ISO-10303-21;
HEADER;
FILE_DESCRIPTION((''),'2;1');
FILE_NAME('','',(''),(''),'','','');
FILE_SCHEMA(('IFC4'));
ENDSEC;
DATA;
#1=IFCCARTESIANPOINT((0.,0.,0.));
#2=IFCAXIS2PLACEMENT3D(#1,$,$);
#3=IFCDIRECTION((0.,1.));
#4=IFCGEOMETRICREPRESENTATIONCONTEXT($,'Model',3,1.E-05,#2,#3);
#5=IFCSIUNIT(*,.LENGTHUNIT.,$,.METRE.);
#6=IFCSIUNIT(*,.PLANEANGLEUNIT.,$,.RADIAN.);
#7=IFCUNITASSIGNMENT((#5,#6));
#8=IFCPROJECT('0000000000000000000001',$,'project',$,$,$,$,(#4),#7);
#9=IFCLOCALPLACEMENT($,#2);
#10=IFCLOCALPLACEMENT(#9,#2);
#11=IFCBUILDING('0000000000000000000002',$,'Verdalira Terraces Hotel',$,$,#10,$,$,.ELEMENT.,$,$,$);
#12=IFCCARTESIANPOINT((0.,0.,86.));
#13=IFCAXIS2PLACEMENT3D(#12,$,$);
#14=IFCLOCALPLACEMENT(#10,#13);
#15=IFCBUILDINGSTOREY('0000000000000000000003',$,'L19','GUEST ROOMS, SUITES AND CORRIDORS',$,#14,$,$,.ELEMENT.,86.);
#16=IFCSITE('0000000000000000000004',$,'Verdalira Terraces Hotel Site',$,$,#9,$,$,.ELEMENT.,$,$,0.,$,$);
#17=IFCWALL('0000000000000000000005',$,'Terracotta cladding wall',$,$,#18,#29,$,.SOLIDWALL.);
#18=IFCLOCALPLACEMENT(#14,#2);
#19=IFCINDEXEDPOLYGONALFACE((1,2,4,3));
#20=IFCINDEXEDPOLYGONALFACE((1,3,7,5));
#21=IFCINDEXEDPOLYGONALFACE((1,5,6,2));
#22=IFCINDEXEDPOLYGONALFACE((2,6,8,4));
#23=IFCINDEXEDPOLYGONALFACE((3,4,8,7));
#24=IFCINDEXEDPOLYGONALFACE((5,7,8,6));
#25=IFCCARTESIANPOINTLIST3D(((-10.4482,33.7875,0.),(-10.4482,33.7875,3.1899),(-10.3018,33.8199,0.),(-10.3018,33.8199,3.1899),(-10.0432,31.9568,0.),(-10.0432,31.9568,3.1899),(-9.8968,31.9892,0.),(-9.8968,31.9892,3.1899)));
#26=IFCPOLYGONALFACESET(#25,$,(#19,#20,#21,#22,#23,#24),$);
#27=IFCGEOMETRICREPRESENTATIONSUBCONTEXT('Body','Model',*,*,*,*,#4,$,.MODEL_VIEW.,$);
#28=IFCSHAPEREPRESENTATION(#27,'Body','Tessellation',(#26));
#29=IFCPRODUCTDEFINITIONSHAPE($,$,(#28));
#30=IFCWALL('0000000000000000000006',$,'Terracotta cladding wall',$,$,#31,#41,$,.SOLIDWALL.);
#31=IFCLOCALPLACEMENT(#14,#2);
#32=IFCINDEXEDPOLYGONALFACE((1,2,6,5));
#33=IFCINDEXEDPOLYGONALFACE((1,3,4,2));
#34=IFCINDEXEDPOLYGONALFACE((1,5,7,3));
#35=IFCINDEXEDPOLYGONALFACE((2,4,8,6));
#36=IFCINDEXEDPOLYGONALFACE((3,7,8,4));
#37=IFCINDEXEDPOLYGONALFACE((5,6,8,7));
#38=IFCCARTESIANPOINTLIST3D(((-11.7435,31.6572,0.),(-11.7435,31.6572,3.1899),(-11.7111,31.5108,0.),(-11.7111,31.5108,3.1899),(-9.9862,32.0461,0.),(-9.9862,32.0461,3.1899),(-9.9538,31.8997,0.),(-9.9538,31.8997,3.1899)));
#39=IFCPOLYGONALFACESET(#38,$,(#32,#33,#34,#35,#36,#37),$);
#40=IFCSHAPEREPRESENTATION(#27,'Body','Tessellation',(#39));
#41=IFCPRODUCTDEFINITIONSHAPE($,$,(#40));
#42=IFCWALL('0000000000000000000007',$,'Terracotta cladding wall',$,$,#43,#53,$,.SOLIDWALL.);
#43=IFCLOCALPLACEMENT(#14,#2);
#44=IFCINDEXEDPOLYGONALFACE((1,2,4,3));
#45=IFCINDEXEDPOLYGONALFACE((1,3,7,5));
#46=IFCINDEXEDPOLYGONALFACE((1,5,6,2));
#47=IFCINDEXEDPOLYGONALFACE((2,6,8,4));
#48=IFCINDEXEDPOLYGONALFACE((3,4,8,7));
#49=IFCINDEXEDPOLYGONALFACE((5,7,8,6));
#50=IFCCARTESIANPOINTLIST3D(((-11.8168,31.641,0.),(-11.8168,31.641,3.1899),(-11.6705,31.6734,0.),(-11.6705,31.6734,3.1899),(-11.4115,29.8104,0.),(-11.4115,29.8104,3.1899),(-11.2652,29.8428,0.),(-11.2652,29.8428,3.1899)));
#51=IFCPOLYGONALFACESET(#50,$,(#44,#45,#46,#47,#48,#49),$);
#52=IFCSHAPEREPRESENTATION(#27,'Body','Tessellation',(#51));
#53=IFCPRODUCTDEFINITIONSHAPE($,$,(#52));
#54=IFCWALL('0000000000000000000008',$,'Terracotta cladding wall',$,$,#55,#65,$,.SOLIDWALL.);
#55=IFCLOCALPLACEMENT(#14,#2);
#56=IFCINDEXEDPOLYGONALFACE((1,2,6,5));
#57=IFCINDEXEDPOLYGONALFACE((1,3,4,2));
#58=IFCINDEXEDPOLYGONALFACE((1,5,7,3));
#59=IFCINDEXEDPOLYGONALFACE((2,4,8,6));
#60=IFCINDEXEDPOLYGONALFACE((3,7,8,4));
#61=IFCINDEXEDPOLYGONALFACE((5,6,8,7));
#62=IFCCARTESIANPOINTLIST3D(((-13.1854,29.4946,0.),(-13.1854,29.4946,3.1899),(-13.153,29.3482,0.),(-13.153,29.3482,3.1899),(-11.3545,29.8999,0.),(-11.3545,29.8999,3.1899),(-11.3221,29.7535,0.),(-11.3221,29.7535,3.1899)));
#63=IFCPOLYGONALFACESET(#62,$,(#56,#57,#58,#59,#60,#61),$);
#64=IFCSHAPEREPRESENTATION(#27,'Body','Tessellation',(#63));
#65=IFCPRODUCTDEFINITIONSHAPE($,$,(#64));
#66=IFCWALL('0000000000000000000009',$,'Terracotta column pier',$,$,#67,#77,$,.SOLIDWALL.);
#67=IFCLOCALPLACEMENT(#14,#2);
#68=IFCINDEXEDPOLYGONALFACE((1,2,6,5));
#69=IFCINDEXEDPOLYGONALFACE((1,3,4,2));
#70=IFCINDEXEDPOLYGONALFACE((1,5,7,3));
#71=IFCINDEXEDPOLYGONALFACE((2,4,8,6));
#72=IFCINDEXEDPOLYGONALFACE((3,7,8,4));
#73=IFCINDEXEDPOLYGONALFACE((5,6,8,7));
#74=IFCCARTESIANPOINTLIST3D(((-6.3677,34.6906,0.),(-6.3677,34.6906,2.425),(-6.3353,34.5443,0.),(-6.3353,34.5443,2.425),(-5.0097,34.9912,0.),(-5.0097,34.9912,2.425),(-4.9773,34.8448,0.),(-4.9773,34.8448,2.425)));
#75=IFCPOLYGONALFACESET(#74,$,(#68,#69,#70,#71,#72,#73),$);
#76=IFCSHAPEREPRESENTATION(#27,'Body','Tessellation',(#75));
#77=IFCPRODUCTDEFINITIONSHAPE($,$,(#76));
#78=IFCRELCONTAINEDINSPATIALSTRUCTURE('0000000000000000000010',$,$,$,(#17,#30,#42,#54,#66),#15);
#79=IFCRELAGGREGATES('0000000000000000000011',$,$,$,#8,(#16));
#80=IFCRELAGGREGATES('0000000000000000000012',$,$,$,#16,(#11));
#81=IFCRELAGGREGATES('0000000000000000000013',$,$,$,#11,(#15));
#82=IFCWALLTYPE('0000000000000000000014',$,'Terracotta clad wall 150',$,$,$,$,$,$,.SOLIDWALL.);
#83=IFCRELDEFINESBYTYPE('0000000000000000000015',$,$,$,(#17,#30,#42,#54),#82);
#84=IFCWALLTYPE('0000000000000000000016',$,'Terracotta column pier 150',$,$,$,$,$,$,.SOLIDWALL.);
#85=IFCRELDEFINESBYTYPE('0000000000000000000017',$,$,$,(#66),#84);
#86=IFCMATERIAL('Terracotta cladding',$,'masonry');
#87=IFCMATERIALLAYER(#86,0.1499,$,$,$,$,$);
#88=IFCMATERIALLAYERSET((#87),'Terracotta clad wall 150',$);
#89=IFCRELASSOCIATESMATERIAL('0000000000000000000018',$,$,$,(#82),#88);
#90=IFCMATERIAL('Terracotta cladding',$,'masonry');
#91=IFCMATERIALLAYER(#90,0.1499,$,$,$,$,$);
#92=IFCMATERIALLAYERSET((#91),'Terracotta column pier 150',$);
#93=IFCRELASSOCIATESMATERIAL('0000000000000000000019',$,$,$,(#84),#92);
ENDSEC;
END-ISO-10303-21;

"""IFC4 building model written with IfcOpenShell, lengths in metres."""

from ifc_helpers import new_model, si_unit, direction, frame, frame_2d, origin, place, context, subcontext, project, spatial, rectangle, extrude, material, layer, layer_set, type_object, element, save


model = new_model("IFC4")

# Units and contexts
model_context = context("Model", 3, precision=1e-05, world=origin(), true_north=direction((0.0, 1.0)))
body_context = subcontext(model_context, "Body", "Model", "MODEL_VIEW")
ifc_project = project(units=[si_unit("LENGTHUNIT", "METRE"), si_unit("PLANEANGLEUNIT", "RADIAN")], contexts=[model_context])

# Site, building, storey
site_placement = place(None, origin())
site = spatial("IfcSite", under=ifc_project, at=site_placement, Name="Verdalira Terraces Hotel Site", CompositionType="ELEMENT", RefElevation=0.0)
building_placement = place(site_placement, origin())
building = spatial("IfcBuilding", under=site, at=building_placement, Name="Verdalira Terraces Hotel", CompositionType="ELEMENT")
storey_placement = place(building_placement, frame((0.0, 0.0, 86.0)))
storey = spatial("IfcBuildingStorey", under=building, at=storey_placement, Name="L19", Description="GUEST ROOMS, SUITES AND CORRIDORS", CompositionType="ELEMENT", Elevation=86.0)

# Walls
ifc_material_1 = material(Name="Terracotta cladding", Category="masonry")
ifc_layer_1 = layer(ifc_material_1, 0.1499)
ifc_layer_set_1 = layer_set([ifc_layer_1], Name="Terracotta clad wall 150")
wall_type_1 = type_object("IfcWallType", Name="Terracotta clad wall 150", PredefinedType="SOLIDWALL", material=ifc_layer_set_1)
wall_1_placement = place(storey_placement, frame((-10.375, 33.8037, 0.0), z_axis=(0.0, 0.0, 1.0), x_axis=(0.216007, -0.976392, 0.0)))
element("IfcWall", 1, at=wall_1_placement, inside=storey, type_object=wall_type_1, Name="Terracotta cladding wall", PredefinedType="SOLIDWALL", context=body_context, shape_type="SweptSolid", body=[
    extrude(rectangle(XDim=1.875, YDim=0.1499, at=frame_2d((0.9375, 0.0))), origin(), (0.0, 0.0, 1.0), 3.1899),
])
wall_2_placement = place(storey_placement, frame((-9.97, 31.9729, 0.0), z_axis=(0.0, 0.0, 1.0), x_axis=(-0.976375, -0.216083, 0.0)))
element("IfcWall", 2, at=wall_2_placement, inside=storey, type_object=wall_type_1, Name="Terracotta cladding wall", PredefinedType="SOLIDWALL", context=body_context, shape_type="SweptSolid", body=[
    extrude(rectangle(XDim=1.7998, YDim=0.1499, at=frame_2d((0.8999, 0.0))), origin(), (0.0, 0.0, 1.0), 3.1899),
])
wall_3_placement = place(storey_placement, frame((-11.7437, 31.6572, 0.0), z_axis=(0.0, 0.0, 1.0), x_axis=(0.216158, -0.976358, 0.0)))
element("IfcWall", 3, at=wall_3_placement, inside=storey, type_object=wall_type_1, Name="Terracotta cladding wall", PredefinedType="SOLIDWALL", context=body_context, shape_type="SweptSolid", body=[
    extrude(rectangle(XDim=1.875, YDim=0.1499, at=frame_2d((0.9375, 0.0))), origin(), (0.0, 0.0, 1.0), 3.1899),
])
wall_4_placement = place(storey_placement, frame((-11.3384, 29.8267, 0.0), z_axis=(0.0, 0.0, 1.0), x_axis=(-0.976364, -0.216131, 0.0)))
element("IfcWall", 4, at=wall_4_placement, inside=storey, type_object=wall_type_1, Name="Terracotta cladding wall", PredefinedType="SOLIDWALL", context=body_context, shape_type="SweptSolid", body=[
    extrude(rectangle(XDim=1.8752, YDim=0.1499, at=frame_2d((0.9375, 0.0))), origin(), (0.0, 0.0, 1.0), 3.1899),
])
ifc_material_2 = material(Name="Terracotta cladding", Category="masonry")
ifc_layer_2 = layer(ifc_material_2, 0.1499)
ifc_layer_set_2 = layer_set([ifc_layer_2], Name="Terracotta column pier 150")
wall_type_2 = type_object("IfcWallType", Name="Terracotta column pier 150", PredefinedType="SOLIDWALL", material=ifc_layer_set_2)
wall_5_placement = place(storey_placement, frame((-4.9937, 34.918, 0.0), z_axis=(0.0, 0.0, 1.0), x_axis=(-0.976373, -0.216094, 0.0)))
element("IfcWall", 5, at=wall_5_placement, inside=storey, type_object=wall_type_2, Name="Terracotta column pier", PredefinedType="SOLIDWALL", context=body_context, shape_type="SweptSolid", body=[
    extrude(rectangle(XDim=1.3909, YDim=0.1499, at=frame_2d((0.6953, 0.0))), origin(), (0.0, 0.0, 1.0), 2.425),
])

save(model, "model.ifc")
